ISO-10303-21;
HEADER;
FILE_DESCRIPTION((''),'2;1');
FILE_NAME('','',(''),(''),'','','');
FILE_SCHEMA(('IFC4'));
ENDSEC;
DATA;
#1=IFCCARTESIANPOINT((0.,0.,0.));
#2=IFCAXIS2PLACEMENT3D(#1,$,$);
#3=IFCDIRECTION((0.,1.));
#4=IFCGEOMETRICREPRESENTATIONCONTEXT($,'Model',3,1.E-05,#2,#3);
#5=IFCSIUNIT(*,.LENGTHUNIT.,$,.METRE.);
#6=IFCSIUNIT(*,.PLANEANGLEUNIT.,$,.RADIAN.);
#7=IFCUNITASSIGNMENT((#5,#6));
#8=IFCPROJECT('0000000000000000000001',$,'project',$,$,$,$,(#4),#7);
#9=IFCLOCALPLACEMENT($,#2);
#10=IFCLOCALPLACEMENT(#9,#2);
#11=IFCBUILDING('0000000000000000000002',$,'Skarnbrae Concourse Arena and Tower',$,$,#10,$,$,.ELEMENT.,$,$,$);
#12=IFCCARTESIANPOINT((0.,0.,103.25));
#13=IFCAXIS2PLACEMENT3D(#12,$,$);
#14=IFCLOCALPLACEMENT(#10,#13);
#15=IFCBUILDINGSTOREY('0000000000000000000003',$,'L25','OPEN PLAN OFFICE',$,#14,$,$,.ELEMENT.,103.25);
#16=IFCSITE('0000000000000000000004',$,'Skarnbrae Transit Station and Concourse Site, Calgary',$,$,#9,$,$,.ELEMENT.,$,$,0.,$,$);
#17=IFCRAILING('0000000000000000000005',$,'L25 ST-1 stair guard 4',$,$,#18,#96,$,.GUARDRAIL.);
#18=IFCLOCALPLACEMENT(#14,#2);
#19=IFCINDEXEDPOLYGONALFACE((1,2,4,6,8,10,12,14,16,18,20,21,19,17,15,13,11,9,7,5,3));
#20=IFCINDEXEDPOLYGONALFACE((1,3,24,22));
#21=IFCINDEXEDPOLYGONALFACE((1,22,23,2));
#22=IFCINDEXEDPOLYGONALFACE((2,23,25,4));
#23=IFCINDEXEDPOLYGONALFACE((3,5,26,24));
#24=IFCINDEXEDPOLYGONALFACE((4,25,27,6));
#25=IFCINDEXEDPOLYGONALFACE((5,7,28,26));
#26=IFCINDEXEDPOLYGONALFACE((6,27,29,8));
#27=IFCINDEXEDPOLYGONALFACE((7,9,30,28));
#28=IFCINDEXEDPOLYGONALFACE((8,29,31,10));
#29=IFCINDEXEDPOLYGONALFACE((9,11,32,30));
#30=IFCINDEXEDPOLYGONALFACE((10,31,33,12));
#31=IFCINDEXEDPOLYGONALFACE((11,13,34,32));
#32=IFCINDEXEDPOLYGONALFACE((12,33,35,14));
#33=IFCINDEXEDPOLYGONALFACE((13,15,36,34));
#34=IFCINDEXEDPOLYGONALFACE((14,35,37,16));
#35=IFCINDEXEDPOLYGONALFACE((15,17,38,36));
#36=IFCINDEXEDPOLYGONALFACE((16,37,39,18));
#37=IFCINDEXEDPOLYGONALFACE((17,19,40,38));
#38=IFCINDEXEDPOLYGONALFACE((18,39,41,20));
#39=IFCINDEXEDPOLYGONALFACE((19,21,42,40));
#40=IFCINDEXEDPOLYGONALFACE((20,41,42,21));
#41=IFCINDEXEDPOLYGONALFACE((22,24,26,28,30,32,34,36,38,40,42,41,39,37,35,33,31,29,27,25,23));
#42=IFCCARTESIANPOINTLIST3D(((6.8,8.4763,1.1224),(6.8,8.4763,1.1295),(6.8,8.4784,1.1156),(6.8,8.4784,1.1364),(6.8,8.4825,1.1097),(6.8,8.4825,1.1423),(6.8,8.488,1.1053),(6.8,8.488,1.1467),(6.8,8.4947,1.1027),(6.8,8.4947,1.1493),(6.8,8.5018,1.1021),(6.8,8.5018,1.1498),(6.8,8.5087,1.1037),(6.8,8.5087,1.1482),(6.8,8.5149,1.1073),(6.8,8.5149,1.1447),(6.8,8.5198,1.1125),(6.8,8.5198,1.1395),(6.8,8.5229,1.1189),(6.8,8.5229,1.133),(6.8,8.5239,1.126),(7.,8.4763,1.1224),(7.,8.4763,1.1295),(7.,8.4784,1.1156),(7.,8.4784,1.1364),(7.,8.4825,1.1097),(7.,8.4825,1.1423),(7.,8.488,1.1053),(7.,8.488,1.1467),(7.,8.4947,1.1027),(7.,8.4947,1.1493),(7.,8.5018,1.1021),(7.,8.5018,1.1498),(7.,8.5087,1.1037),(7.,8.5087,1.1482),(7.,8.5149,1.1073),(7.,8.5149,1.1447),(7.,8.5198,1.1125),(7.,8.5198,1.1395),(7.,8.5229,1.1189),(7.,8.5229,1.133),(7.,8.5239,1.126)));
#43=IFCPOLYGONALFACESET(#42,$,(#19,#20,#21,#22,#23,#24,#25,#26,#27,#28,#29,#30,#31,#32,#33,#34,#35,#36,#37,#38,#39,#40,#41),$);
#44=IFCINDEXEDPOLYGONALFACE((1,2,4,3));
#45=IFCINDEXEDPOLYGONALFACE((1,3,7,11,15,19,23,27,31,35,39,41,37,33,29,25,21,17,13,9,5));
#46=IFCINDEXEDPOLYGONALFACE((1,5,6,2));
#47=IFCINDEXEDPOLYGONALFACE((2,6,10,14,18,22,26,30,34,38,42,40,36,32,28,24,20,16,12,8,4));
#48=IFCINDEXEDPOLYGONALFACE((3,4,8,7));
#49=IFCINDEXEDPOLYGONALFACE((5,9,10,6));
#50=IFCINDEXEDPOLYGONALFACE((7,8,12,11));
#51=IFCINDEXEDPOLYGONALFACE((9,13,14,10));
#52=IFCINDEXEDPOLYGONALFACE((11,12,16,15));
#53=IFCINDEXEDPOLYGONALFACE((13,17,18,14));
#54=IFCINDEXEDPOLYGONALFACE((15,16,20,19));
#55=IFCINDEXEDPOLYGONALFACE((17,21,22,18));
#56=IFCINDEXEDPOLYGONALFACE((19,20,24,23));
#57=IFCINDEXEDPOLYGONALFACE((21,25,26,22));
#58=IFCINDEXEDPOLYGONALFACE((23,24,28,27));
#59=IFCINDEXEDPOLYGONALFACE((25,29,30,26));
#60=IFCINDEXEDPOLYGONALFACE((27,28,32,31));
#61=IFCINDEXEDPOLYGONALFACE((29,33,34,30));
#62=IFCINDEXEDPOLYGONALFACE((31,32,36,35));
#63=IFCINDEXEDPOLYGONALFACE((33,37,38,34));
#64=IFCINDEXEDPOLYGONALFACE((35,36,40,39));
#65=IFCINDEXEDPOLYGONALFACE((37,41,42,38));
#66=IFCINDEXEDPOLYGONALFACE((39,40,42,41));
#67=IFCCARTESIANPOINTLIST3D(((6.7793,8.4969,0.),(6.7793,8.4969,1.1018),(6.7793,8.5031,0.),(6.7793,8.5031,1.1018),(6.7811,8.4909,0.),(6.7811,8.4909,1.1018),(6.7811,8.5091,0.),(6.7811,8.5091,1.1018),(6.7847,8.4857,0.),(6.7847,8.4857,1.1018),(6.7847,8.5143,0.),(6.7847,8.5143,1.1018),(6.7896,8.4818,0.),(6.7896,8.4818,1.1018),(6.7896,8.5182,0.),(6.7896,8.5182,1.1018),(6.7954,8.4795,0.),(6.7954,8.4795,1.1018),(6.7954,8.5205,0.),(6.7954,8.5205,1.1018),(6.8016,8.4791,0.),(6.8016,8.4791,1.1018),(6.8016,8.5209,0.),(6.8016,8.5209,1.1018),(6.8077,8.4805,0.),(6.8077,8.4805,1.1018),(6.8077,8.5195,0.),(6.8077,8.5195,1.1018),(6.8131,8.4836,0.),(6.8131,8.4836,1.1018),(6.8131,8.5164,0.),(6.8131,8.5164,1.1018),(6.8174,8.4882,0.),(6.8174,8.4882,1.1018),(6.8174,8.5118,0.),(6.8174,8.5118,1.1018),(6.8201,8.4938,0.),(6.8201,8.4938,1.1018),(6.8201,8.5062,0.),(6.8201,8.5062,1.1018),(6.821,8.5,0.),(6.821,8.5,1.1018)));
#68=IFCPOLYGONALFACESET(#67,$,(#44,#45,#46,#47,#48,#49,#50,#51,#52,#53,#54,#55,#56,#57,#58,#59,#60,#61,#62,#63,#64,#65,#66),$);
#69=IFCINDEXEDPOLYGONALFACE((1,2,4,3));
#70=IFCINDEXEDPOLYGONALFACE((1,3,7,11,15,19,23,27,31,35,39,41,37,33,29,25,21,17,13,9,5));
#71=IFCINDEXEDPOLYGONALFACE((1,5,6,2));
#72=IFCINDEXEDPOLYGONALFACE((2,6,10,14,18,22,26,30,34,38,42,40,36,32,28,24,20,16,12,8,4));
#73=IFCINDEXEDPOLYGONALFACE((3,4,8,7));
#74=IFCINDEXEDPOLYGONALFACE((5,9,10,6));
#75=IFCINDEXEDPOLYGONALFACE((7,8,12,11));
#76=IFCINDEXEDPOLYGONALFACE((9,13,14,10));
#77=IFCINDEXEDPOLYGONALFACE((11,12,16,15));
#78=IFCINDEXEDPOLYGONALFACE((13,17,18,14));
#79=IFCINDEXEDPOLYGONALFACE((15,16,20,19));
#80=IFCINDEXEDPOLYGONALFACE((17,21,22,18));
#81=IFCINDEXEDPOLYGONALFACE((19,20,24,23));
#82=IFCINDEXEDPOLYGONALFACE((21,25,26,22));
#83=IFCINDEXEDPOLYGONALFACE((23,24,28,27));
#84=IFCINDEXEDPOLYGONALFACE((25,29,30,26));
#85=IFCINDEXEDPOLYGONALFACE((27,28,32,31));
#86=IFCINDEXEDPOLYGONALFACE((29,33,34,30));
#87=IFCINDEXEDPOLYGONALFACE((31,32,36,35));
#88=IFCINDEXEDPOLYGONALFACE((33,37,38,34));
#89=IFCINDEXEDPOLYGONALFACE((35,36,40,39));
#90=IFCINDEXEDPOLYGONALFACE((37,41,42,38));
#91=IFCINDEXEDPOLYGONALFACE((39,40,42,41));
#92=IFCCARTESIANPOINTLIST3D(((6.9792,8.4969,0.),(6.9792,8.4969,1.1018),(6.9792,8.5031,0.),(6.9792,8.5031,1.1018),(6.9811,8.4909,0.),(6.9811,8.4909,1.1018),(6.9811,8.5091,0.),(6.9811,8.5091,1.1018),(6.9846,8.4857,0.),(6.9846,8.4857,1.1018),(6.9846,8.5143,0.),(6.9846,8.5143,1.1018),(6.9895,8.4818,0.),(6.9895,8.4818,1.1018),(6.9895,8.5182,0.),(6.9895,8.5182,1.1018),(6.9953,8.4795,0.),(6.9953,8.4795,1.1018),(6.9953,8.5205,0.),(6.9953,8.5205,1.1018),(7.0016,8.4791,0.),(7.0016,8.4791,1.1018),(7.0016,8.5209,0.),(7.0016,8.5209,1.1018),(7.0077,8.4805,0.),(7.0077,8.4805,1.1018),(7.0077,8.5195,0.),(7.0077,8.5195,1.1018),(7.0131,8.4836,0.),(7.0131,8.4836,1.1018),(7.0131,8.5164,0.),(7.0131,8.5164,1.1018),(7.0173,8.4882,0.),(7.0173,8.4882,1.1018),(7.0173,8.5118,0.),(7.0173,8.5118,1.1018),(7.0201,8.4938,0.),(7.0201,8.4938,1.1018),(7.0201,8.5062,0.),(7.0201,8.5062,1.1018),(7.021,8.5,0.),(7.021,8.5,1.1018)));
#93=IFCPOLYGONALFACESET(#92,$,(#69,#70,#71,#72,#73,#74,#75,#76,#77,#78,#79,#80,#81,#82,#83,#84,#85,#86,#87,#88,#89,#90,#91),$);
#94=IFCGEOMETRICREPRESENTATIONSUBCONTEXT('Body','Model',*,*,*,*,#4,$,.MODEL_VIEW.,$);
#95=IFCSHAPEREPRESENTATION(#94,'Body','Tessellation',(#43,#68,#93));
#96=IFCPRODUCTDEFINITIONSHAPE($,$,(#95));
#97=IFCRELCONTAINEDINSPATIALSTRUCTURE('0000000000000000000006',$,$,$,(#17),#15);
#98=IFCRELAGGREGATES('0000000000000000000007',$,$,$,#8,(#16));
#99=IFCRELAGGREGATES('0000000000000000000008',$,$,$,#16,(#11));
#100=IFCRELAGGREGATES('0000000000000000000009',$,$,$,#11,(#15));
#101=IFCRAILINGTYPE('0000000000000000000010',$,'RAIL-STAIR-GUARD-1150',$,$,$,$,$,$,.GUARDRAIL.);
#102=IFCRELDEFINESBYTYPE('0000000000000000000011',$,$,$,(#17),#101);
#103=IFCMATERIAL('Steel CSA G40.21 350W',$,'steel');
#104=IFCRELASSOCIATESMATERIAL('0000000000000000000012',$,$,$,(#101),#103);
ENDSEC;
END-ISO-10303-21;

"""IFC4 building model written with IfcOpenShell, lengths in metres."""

from ifc_helpers import new_model, si_unit, direction, frame, origin, origin_2d, place, context, subcontext, project, spatial, circle, extrude, material, type_object, element, save


model = new_model("IFC4")

# Units and contexts
model_context = context("Model", 3, precision=1e-05, world=origin(), true_north=direction((0.0, 1.0)))
body_context = subcontext(model_context, "Body", "Model", "MODEL_VIEW")
ifc_project = project(units=[si_unit("LENGTHUNIT", "METRE"), si_unit("PLANEANGLEUNIT", "RADIAN")], contexts=[model_context])

# Site, building, storey
site_placement = place(None, origin())
site = spatial("IfcSite", under=ifc_project, at=site_placement, Name="Skarnbrae Transit Station and Concourse Site, Calgary", CompositionType="ELEMENT", RefElevation=0.0)
building_placement = place(site_placement, origin())
building = spatial("IfcBuilding", under=site, at=building_placement, Name="Skarnbrae Concourse Arena and Tower", CompositionType="ELEMENT")
storey_placement = place(building_placement, frame((0.0, 0.0, 103.25)))
storey = spatial("IfcBuildingStorey", under=building, at=storey_placement, Name="L25", Description="OPEN PLAN OFFICE", CompositionType="ELEMENT", Elevation=103.25)

# Shared definitions
ifc_material_1 = material(Name="Steel CSA G40.21 350W", Category="steel")

# Railing
railing_type_1 = type_object("IfcRailingType", Name="RAIL-STAIR-GUARD-1150", PredefinedType="GUARDRAIL", material=ifc_material_1)
railing_1_placement = place(storey_placement, frame((6.8, 8.5, 0.0)))
element("IfcRailing", 1, at=railing_1_placement, inside=storey, type_object=railing_type_1, Name="L25 ST-1 stair guard 4", PredefinedType="GUARDRAIL", context=body_context, shape_type="SweptSolid", body=[
    extrude(circle(Radius=0.0239, at=origin_2d()), frame((0.0, 0.0, 1.126), z_axis=(1.0, 0.0, 0.0), x_axis=(0.0, 1.0, 0.0)), (0.0, 0.0, 1.0), 0.2),
    extrude(circle(Radius=0.021, at=origin_2d()), origin(), (0.0, 0.0, 1.0), 1.1018),
    extrude(circle(Radius=0.021, at=origin_2d()), frame((0.2, 0.0, 0.0)), (0.0, 0.0, 1.0), 1.1018),
])

save(model, "model.ifc")
